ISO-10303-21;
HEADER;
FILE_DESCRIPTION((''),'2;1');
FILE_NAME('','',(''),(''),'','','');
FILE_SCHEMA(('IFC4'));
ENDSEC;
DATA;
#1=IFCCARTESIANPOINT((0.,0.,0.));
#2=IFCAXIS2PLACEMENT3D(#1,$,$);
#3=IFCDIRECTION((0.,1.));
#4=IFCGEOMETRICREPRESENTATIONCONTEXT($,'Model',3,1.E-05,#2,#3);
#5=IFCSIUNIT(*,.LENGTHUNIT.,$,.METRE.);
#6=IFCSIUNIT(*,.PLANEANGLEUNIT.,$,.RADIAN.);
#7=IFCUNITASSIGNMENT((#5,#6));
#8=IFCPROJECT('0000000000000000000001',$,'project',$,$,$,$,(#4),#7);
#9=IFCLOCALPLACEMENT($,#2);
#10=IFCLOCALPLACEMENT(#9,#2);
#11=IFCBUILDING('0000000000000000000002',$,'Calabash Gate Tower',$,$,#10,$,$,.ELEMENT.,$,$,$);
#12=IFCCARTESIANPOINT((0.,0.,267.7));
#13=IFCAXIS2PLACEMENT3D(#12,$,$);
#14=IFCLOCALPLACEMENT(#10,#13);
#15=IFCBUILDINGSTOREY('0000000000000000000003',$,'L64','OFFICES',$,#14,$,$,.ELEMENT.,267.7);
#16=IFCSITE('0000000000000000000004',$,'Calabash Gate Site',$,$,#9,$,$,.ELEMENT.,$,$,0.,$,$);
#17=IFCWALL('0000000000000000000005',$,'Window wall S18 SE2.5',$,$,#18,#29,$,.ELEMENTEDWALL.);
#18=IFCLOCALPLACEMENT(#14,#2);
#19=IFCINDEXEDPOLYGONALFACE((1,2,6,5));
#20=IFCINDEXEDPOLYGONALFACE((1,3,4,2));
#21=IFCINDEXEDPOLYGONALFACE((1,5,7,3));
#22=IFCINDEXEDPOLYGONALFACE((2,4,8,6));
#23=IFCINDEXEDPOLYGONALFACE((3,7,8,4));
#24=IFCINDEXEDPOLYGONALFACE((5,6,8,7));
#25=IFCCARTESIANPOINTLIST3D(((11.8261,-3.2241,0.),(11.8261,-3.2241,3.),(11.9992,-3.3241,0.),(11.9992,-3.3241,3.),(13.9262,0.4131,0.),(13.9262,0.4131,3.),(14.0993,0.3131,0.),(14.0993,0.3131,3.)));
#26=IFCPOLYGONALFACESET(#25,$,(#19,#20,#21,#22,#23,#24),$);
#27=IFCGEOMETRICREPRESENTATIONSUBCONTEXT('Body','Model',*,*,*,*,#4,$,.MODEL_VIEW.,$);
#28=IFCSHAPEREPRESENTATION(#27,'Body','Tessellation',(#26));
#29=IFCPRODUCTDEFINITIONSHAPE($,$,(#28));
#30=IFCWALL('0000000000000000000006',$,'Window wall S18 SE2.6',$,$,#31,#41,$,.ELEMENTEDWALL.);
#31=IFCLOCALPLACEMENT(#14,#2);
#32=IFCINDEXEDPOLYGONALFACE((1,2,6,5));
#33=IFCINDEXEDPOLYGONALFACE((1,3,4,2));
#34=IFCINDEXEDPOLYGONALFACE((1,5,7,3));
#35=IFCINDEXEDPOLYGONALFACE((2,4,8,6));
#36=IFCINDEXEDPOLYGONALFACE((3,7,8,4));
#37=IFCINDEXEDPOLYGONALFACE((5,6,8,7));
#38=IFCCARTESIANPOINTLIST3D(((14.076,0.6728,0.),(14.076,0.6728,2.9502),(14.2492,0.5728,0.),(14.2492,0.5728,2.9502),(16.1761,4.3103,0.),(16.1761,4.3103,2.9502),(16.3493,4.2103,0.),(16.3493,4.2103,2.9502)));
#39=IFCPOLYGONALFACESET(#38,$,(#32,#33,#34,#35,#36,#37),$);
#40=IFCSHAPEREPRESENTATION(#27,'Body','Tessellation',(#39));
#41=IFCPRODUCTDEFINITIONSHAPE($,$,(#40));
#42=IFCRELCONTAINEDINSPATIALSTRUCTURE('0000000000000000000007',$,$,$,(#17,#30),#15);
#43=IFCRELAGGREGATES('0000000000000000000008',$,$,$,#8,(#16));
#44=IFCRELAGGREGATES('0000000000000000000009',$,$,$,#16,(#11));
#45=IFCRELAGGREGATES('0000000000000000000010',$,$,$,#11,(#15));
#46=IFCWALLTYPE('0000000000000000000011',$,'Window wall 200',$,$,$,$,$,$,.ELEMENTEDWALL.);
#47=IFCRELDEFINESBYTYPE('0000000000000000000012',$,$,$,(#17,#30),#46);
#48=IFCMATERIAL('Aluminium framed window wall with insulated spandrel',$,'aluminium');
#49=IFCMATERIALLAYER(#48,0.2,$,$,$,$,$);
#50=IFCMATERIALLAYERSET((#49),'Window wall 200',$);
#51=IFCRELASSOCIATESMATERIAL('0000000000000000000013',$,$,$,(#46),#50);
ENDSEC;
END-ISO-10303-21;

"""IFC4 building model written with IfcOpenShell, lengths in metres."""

from ifc_helpers import new_model, si_unit, direction, frame, frame_2d, origin, place, context, subcontext, project, spatial, rectangle, extrude, material, layer, layer_set, type_object, element, save


model = new_model("IFC4")

# Units and contexts
model_context = context("Model", 3, precision=1e-05, world=origin(), true_north=direction((0.0, 1.0)))
body_context = subcontext(model_context, "Body", "Model", "MODEL_VIEW")
ifc_project = project(units=[si_unit("LENGTHUNIT", "METRE"), si_unit("PLANEANGLEUNIT", "RADIAN")], contexts=[model_context])

# Site, building, storey
site_placement = place(None, origin())
site = spatial("IfcSite", under=ifc_project, at=site_placement, Name="Calabash Gate Site", CompositionType="ELEMENT", RefElevation=0.0)
building_placement = place(site_placement, origin())
building = spatial("IfcBuilding", under=site, at=building_placement, Name="Calabash Gate Tower", CompositionType="ELEMENT")
storey_placement = place(building_placement, frame((0.0, 0.0, 267.7)))
storey = spatial("IfcBuildingStorey", under=building, at=storey_placement, Name="L64", Description="OFFICES", CompositionType="ELEMENT", Elevation=267.7)

# Walls
ifc_material_1 = material(Name="Aluminium framed window wall with insulated spandrel", Category="aluminium")
ifc_layer_1 = layer(ifc_material_1, 0.2)
ifc_layer_set_1 = layer_set([ifc_layer_1], Name="Window wall 200")
wall_type_1 = type_object("IfcWallType", Name="Window wall 200", PredefinedType="ELEMENTEDWALL", material=ifc_layer_set_1)
wall_1_placement = place(storey_placement, frame((11.9126, -3.2742, 0.0), z_axis=(0.0, 0.0, 1.0), x_axis=(0.500028, 0.866009, 0.0)))
element("IfcWall", 1, at=wall_1_placement, inside=storey, type_object=wall_type_1, Name="Window wall S18 SE2.5", PredefinedType="ELEMENTEDWALL", context=body_context, shape_type="SweptSolid", body=[
    extrude(rectangle(XDim=4.2, YDim=0.2, at=frame_2d((2.1001, 0.0))), origin(), (0.0, 0.0, 1.0), 3.0),
])
wall_2_placement = place(storey_placement, frame((14.1626, 0.6228, 0.0), z_axis=(0.0, 0.0, 1.0), x_axis=(0.500003, 0.866024, 0.0)))
element("IfcWall", 2, at=wall_2_placement, inside=storey, type_object=wall_type_1, Name="Window wall S18 SE2.6", PredefinedType="ELEMENTEDWALL", context=body_context, shape_type="SweptSolid", body=[
    extrude(rectangle(XDim=4.2002, YDim=0.2, at=frame_2d((2.1001, 0.0))), origin(), (0.0, 0.0, 1.0), 2.9502),
])

save(model, "model.ifc")
